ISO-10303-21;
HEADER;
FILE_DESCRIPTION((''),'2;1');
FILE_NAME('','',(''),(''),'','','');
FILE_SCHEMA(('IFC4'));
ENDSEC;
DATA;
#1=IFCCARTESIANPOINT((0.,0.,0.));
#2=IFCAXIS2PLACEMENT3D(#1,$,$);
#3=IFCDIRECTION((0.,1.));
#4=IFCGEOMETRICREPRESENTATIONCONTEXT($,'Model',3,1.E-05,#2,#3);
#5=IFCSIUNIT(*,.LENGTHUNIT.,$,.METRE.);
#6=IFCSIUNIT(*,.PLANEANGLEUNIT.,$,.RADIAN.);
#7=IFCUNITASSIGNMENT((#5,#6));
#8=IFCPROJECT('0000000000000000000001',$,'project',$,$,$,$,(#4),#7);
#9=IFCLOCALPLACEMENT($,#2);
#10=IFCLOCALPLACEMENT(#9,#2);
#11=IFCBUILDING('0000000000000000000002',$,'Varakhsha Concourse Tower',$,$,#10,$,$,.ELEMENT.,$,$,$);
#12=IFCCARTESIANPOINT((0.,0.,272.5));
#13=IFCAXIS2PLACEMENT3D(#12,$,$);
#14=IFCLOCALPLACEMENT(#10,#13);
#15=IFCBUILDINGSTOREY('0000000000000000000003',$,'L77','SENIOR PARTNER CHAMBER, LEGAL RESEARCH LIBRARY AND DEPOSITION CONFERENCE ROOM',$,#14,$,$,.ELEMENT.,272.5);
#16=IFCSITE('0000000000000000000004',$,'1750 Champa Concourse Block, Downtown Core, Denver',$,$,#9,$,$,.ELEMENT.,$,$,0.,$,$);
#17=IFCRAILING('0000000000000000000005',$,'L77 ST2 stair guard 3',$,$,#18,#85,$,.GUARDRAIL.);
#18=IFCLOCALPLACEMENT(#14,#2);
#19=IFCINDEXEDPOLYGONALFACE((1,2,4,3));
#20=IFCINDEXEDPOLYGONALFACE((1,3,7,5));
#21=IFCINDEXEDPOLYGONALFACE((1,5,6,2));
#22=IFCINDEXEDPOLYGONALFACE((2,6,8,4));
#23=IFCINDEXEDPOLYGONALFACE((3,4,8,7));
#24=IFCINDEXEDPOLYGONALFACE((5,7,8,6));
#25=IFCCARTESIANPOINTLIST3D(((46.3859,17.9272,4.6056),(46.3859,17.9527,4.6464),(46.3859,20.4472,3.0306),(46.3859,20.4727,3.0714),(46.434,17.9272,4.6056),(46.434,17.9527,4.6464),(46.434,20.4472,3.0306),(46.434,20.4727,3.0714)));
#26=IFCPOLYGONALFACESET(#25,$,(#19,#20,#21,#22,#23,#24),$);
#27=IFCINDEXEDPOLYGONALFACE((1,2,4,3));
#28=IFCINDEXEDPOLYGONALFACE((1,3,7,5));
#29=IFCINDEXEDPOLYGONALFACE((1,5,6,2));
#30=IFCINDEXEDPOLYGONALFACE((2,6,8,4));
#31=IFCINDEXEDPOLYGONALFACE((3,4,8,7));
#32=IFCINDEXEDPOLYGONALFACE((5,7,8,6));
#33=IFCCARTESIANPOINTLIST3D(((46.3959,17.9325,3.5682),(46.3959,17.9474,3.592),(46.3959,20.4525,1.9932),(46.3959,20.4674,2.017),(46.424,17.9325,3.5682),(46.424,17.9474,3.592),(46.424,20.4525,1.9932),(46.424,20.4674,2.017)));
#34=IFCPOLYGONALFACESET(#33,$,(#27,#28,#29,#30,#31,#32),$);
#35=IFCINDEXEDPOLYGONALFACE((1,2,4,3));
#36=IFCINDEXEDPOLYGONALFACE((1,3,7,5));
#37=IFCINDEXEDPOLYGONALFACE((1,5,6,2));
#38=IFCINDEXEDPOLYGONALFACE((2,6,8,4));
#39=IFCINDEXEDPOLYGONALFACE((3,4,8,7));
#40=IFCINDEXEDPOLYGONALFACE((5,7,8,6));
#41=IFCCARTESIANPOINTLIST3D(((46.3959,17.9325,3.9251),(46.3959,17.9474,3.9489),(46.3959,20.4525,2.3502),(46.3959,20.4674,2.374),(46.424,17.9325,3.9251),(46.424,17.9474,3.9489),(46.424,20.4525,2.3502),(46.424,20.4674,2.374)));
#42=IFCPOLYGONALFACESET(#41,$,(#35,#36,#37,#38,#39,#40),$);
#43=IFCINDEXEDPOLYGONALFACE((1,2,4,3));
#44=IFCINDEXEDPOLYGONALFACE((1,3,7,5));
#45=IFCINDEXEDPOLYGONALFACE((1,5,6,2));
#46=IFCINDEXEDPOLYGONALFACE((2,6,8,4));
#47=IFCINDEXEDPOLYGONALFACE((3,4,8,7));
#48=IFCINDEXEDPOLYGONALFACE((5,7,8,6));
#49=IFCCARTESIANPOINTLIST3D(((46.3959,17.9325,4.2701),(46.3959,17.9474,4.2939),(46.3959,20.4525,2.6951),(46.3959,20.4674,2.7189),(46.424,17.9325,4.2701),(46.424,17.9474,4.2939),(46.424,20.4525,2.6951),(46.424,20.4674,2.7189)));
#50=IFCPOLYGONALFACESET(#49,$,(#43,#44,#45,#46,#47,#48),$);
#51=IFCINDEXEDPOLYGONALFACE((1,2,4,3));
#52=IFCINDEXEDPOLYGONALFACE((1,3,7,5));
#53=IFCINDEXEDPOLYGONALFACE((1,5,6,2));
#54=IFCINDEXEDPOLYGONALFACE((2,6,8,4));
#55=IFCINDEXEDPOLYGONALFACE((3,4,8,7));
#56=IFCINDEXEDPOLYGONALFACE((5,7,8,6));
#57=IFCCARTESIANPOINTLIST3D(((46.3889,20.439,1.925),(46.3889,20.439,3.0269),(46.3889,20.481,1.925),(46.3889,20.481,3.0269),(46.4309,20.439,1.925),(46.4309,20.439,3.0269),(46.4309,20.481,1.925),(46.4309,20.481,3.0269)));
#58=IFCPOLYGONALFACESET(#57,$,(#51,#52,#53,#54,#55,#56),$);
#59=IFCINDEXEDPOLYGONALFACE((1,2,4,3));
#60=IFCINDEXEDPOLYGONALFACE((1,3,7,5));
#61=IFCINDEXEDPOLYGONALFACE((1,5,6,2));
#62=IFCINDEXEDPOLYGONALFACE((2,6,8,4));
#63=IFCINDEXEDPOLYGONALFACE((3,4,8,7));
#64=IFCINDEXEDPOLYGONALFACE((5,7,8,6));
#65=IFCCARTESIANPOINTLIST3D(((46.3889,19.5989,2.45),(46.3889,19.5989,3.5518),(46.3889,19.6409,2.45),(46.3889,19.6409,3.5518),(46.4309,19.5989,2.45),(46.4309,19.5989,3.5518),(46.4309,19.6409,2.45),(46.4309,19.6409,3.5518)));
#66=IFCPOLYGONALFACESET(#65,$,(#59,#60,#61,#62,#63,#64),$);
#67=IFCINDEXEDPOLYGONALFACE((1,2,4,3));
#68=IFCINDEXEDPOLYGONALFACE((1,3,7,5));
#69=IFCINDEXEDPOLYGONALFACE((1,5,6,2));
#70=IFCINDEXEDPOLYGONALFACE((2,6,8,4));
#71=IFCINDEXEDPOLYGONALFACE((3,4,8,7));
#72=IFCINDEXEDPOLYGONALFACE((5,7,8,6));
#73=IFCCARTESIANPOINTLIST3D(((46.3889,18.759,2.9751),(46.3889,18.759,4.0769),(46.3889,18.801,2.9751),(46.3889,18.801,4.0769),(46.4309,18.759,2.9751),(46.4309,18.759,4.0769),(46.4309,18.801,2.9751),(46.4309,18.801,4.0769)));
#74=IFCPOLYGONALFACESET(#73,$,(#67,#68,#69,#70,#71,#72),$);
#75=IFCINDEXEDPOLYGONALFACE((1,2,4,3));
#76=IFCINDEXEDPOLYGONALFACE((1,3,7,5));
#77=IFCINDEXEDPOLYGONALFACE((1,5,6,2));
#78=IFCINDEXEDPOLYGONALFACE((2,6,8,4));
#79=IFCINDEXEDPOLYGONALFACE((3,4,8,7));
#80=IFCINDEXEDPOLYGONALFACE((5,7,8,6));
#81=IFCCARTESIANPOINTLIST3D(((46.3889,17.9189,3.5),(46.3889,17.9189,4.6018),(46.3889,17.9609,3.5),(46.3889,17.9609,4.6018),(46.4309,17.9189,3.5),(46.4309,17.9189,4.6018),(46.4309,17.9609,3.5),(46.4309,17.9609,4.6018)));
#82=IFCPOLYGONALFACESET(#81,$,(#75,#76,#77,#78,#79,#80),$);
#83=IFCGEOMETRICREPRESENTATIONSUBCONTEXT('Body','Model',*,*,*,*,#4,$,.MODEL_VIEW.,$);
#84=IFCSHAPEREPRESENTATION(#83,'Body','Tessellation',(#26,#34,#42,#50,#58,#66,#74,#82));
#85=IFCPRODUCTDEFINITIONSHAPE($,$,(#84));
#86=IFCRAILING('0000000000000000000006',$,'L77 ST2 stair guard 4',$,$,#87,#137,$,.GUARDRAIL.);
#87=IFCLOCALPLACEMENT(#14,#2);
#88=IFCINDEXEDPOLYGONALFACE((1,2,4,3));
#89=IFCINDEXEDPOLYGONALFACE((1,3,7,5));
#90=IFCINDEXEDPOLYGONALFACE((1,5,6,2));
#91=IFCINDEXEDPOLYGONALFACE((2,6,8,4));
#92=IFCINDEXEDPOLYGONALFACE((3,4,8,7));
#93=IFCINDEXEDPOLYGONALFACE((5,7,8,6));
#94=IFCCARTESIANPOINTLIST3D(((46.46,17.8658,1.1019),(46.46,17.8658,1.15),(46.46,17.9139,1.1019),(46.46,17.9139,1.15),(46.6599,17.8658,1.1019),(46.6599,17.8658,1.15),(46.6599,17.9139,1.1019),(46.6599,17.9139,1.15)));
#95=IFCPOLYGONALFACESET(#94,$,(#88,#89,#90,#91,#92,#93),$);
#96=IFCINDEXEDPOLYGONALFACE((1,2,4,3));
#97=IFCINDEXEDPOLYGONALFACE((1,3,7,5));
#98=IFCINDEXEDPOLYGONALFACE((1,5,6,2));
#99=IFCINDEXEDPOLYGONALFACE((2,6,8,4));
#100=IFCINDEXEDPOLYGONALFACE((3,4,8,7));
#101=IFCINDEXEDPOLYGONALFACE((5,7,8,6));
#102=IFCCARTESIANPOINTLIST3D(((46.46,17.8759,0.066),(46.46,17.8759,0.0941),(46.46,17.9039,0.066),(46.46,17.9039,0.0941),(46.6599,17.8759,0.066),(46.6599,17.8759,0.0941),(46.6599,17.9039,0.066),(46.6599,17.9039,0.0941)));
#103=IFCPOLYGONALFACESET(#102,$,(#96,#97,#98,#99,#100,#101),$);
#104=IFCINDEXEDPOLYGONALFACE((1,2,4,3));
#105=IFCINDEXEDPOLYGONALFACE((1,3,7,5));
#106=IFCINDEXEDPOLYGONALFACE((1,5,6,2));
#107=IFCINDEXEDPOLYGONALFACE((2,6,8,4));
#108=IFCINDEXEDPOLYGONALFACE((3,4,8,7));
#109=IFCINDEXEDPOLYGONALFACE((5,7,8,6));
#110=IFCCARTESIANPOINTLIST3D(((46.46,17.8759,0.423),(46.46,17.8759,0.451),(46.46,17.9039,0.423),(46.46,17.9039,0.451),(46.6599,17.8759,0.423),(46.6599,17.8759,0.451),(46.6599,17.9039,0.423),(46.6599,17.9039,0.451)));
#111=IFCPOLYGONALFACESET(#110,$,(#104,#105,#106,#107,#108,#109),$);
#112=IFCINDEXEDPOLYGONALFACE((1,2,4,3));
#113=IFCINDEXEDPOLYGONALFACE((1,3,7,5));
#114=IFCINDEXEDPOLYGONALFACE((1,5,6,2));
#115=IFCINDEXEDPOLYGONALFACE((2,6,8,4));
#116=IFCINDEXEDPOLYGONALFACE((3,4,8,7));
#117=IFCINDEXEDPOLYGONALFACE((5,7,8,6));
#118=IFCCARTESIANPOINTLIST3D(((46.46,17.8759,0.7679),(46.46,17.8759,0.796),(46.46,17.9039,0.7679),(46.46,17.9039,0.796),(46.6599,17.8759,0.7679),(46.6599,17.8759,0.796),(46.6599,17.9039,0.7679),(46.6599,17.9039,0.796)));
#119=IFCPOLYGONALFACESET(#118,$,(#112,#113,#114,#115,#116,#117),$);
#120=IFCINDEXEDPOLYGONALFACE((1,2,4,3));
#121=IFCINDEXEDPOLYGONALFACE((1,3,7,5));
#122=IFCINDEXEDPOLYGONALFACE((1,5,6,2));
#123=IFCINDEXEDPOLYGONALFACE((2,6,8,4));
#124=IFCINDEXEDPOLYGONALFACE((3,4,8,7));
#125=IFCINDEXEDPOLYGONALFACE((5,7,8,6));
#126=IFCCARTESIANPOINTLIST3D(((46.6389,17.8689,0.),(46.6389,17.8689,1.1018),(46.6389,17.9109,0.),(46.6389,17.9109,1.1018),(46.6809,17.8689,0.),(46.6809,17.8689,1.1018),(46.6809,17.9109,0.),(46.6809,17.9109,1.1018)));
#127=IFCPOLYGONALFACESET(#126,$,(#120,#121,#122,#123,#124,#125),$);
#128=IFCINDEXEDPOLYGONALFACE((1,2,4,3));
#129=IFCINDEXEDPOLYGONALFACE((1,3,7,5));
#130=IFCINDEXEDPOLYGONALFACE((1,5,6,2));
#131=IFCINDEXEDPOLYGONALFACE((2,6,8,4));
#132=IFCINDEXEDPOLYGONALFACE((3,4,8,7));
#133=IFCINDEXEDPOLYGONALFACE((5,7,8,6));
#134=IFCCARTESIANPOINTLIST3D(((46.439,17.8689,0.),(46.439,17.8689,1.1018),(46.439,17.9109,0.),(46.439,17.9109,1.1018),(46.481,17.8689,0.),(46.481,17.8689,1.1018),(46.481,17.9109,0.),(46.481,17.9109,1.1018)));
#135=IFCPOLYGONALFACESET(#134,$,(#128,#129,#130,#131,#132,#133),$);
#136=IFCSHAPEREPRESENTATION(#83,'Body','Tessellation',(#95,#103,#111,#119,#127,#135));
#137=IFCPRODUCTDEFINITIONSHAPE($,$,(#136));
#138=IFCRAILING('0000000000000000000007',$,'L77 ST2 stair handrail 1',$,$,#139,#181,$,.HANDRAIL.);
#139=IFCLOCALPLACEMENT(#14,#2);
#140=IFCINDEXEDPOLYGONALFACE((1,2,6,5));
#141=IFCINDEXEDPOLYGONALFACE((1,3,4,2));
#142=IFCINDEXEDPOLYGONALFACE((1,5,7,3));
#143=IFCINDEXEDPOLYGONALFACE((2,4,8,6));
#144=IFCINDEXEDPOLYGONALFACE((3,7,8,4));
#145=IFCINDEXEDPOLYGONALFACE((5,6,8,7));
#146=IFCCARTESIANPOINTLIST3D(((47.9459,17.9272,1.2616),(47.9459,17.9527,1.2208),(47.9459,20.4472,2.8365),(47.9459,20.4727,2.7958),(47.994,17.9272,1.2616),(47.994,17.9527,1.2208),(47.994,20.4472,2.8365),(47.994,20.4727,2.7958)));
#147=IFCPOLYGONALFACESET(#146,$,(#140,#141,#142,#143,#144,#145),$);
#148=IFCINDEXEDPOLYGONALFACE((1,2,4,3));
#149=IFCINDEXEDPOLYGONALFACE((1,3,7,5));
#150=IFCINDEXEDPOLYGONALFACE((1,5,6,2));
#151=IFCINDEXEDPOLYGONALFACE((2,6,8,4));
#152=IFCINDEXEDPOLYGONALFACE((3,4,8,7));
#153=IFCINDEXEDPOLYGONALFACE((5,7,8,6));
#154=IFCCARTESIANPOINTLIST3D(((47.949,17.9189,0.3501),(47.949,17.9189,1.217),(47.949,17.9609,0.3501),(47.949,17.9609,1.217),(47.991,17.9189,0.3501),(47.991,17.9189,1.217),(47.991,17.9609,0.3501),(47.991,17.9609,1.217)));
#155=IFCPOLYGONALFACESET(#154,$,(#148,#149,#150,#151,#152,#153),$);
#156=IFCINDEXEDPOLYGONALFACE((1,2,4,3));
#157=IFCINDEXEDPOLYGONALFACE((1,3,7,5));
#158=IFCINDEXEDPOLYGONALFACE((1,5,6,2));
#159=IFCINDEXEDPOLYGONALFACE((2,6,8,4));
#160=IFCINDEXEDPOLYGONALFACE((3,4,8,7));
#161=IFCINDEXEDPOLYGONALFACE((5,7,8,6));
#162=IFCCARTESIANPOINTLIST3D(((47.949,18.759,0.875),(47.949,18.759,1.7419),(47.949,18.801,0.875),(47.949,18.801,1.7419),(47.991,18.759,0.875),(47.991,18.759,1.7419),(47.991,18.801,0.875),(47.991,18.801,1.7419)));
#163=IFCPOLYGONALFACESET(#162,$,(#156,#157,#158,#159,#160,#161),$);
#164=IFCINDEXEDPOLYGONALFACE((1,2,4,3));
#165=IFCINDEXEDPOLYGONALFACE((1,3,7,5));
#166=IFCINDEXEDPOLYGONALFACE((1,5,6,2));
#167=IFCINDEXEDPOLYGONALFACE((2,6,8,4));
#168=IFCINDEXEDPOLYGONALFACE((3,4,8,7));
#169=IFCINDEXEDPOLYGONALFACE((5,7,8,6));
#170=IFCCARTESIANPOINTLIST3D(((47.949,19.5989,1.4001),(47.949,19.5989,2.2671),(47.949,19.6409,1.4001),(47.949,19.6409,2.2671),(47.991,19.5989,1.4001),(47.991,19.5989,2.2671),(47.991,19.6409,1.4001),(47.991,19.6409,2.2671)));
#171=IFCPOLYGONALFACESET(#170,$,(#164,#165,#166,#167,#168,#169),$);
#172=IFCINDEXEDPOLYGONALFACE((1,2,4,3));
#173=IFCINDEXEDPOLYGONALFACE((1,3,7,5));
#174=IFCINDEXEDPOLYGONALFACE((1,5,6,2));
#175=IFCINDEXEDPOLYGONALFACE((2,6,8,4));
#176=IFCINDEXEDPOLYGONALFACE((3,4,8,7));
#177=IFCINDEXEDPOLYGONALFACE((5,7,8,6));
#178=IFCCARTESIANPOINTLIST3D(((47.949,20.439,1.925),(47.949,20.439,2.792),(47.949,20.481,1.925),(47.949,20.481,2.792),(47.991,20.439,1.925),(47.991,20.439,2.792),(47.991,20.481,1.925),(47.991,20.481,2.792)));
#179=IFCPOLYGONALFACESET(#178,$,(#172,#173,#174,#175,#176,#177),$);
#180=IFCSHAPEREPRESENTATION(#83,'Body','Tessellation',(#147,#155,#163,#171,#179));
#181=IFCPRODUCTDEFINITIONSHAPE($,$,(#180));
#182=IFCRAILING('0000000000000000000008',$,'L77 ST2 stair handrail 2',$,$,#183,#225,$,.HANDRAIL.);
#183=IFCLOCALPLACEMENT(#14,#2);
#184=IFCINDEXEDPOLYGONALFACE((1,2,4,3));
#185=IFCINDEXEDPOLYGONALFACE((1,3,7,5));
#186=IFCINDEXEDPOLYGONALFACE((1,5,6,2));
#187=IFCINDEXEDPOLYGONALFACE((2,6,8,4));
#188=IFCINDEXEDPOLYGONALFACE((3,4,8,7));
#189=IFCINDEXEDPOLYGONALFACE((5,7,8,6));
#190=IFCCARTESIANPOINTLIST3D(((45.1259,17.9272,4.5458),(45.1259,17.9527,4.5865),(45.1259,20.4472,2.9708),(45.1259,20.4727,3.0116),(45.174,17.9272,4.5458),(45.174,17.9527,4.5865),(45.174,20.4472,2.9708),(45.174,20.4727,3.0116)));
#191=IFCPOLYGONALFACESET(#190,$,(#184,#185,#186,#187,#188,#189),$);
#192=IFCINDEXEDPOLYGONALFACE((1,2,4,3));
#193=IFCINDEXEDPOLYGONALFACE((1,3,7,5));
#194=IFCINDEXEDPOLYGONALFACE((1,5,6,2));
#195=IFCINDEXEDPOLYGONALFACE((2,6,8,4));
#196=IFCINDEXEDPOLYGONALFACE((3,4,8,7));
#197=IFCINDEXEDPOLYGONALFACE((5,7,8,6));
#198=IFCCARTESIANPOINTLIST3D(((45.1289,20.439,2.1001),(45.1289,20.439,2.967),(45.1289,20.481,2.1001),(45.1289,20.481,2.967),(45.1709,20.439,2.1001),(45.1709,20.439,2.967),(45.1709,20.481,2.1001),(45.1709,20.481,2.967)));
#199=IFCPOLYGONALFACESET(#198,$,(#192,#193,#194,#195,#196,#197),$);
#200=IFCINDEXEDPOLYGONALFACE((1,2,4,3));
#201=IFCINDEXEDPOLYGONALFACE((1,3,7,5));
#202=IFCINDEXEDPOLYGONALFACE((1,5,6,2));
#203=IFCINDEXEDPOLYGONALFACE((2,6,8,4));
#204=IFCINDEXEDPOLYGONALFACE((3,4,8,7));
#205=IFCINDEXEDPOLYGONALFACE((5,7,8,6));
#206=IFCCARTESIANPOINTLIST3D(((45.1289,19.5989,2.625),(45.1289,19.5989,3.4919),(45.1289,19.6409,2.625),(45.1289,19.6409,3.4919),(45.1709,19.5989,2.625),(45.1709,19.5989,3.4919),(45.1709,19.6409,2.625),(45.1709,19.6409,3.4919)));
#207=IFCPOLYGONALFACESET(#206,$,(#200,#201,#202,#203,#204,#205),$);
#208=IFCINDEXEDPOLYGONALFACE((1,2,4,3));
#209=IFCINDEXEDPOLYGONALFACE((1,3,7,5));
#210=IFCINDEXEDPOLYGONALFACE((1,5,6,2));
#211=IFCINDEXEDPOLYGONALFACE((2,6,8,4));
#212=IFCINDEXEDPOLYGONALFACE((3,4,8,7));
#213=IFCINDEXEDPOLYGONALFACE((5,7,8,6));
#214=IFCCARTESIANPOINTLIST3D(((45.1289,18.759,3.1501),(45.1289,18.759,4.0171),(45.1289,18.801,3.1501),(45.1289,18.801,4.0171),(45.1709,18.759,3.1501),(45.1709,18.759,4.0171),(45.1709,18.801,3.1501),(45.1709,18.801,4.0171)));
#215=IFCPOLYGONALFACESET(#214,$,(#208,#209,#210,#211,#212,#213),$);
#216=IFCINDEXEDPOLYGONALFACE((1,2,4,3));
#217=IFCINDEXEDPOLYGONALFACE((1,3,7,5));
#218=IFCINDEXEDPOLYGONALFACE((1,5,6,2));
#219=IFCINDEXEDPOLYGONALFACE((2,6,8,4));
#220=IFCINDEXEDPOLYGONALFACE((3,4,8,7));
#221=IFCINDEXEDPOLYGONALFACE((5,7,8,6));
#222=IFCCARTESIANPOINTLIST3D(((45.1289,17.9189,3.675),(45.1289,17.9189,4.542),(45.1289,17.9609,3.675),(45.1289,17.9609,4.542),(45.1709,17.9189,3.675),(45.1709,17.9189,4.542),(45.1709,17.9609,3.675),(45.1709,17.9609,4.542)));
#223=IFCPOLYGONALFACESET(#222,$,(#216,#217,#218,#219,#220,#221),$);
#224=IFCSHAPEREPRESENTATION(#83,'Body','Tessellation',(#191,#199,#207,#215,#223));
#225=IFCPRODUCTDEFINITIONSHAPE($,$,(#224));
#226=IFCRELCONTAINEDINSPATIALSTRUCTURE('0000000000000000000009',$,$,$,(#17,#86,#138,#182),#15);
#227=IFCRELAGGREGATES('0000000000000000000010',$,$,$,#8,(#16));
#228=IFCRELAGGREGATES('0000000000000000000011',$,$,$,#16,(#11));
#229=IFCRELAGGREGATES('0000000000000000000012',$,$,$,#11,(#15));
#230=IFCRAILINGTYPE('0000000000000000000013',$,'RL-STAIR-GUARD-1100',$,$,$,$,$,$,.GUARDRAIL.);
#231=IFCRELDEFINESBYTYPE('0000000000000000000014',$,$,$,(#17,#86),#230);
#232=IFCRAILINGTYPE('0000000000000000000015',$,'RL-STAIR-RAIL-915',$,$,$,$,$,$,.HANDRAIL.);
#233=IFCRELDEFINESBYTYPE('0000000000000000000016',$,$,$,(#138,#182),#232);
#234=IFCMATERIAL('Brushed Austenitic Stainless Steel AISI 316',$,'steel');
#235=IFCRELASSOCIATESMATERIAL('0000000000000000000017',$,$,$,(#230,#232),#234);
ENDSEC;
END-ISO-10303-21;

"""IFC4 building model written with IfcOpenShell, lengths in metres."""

from ifc_helpers import new_model, si_unit, direction, frame, origin, origin_2d, place, context, subcontext, project, spatial, rectangle, extrude, material, type_object, element, save


model = new_model("IFC4")

# Units and contexts
model_context = context("Model", 3, precision=1e-05, world=origin(), true_north=direction((0.0, 1.0)))
body_context = subcontext(model_context, "Body", "Model", "MODEL_VIEW")
ifc_project = project(units=[si_unit("LENGTHUNIT", "METRE"), si_unit("PLANEANGLEUNIT", "RADIAN")], contexts=[model_context])

# Site, building, storey
site_placement = place(None, origin())
site = spatial("IfcSite", under=ifc_project, at=site_placement, Name="1750 Champa Concourse Block, Downtown Core, Denver", CompositionType="ELEMENT", RefElevation=0.0)
building_placement = place(site_placement, origin())
building = spatial("IfcBuilding", under=site, at=building_placement, Name="Varakhsha Concourse Tower", CompositionType="ELEMENT")
storey_placement = place(building_placement, frame((0.0, 0.0, 272.5)))
storey = spatial("IfcBuildingStorey", under=building, at=storey_placement, Name="L77", Description="SENIOR PARTNER CHAMBER, LEGAL RESEARCH LIBRARY AND DEPOSITION CONFERENCE ROOM", CompositionType="ELEMENT", Elevation=272.5)

# Railings
ifc_material_1 = material(Name="Brushed Austenitic Stainless Steel AISI 316", Category="steel")
railing_type_1 = type_object("IfcRailingType", Name="RL-STAIR-GUARD-1100", PredefinedType="GUARDRAIL", material=ifc_material_1)
railing_1_placement = place(storey_placement, frame((46.4099, 20.46, 1.925)))
element("IfcRailing", 1, at=railing_1_placement, inside=storey, type_object=railing_type_1, Name="L77 ST2 stair guard 3", PredefinedType="GUARDRAIL", context=body_context, shape_type="SweptSolid", body=[
    extrude(rectangle(XDim=0.0481, YDim=0.0481, at=origin_2d()), frame((0.0, 0.0, 1.126), z_axis=(0.0, -0.848008, 0.529984), x_axis=(1.0, 0.0, 0.0)), (0.0, 0.0, 1.0), 2.9717),
    extrude(rectangle(XDim=0.0281, YDim=0.0281, at=origin_2d()), frame((0.0, 0.0, 0.0801), z_axis=(0.0, -0.848008, 0.529984), x_axis=(1.0, 0.0, 0.0)), (0.0, 0.0, 1.0), 2.9717),
    extrude(rectangle(XDim=0.0281, YDim=0.0281, at=origin_2d()), frame((0.0, 0.0, 0.437), z_axis=(0.0, -0.848008, 0.529984), x_axis=(1.0, 0.0, 0.0)), (0.0, 0.0, 1.0), 2.9717),
    extrude(rectangle(XDim=0.0281, YDim=0.0281, at=origin_2d()), frame((0.0, 0.0, 0.782), z_axis=(0.0, -0.848008, 0.529984), x_axis=(1.0, 0.0, 0.0)), (0.0, 0.0, 1.0), 2.9717),
    extrude(rectangle(XDim=0.042, YDim=0.042, at=origin_2d()), origin(), (0.0, 0.0, 1.0), 1.1018),
    extrude(rectangle(XDim=0.042, YDim=0.042, at=origin_2d()), frame((0.0, -0.8401, 0.5249)), (0.0, 0.0, 1.0), 1.1018),
    extrude(rectangle(XDim=0.042, YDim=0.042, at=origin_2d()), frame((0.0, -1.6799, 1.05)), (0.0, 0.0, 1.0), 1.1018),
    extrude(rectangle(XDim=0.042, YDim=0.042, at=origin_2d()), frame((0.0, -2.52, 1.575)), (0.0, 0.0, 1.0), 1.1018),
])
railing_2_placement = place(storey_placement, frame((46.6599, 17.8899, 0.0)))
element("IfcRailing", 2, at=railing_2_placement, inside=storey, type_object=railing_type_1, Name="L77 ST2 stair guard 4", PredefinedType="GUARDRAIL", context=body_context, shape_type="SweptSolid", body=[
    extrude(rectangle(XDim=0.0481, YDim=0.0481, at=origin_2d()), frame((0.0, 0.0, 1.126), z_axis=(-1.0, 0.0, 0.0), x_axis=(0.0, -1.0, 0.0)), (0.0, 0.0, 1.0), 0.2),
    extrude(rectangle(XDim=0.0281, YDim=0.0281, at=origin_2d()), frame((0.0, 0.0, 0.0801), z_axis=(-1.0, 0.0, 0.0), x_axis=(0.0, -1.0, 0.0)), (0.0, 0.0, 1.0), 0.2),
    extrude(rectangle(XDim=0.0281, YDim=0.0281, at=origin_2d()), frame((0.0, 0.0, 0.437), z_axis=(-1.0, 0.0, 0.0), x_axis=(0.0, -1.0, 0.0)), (0.0, 0.0, 1.0), 0.2),
    extrude(rectangle(XDim=0.0281, YDim=0.0281, at=origin_2d()), frame((0.0, 0.0, 0.782), z_axis=(-1.0, 0.0, 0.0), x_axis=(0.0, -1.0, 0.0)), (0.0, 0.0, 1.0), 0.2),
    extrude(rectangle(XDim=0.042, YDim=0.042, at=origin_2d()), origin(), (0.0, 0.0, 1.0), 1.1018),
    extrude(rectangle(XDim=0.042, YDim=0.042, at=origin_2d()), frame((-0.2, 0.0, 0.0)), (0.0, 0.0, 1.0), 1.1018),
])
railing_type_2 = type_object("IfcRailingType", Name="RL-STAIR-RAIL-915", PredefinedType="HANDRAIL", material=ifc_material_1)
railing_3_placement = place(storey_placement, frame((47.97, 17.9399, 0.3501)))
element("IfcRailing", 3, at=railing_3_placement, inside=storey, type_object=railing_type_2, Name="L77 ST2 stair handrail 1", PredefinedType="HANDRAIL", context=body_context, shape_type="SweptSolid", body=[
    extrude(rectangle(XDim=0.0481, YDim=0.0481, at=origin_2d()), frame((0.0, 0.0, 0.8911), z_axis=(0.0, 0.848008, 0.529984), x_axis=(-1.0, 0.0, 0.0)), (0.0, 0.0, 1.0), 2.9717),
    extrude(rectangle(XDim=0.042, YDim=0.042, at=origin_2d()), origin(), (0.0, 0.0, 1.0), 0.8669),
    extrude(rectangle(XDim=0.042, YDim=0.042, at=origin_2d()), frame((0.0, 0.8401, 0.5249)), (0.0, 0.0, 1.0), 0.8669),
    extrude(rectangle(XDim=0.042, YDim=0.042, at=origin_2d()), frame((0.0, 1.6799, 1.05)), (0.0, 0.0, 1.0), 0.8669),
    extrude(rectangle(XDim=0.042, YDim=0.042, at=origin_2d()), frame((0.0, 2.52, 1.575)), (0.0, 0.0, 1.0), 0.8669),
])
railing_4_placement = place(storey_placement, frame((45.1499, 20.46, 2.1001)))
element("IfcRailing", 4, at=railing_4_placement, inside=storey, type_object=railing_type_2, Name="L77 ST2 stair handrail 2", PredefinedType="HANDRAIL", context=body_context, shape_type="SweptSolid", body=[
    extrude(rectangle(XDim=0.0481, YDim=0.0481, at=origin_2d()), frame((0.0, 0.0, 0.8911), z_axis=(0.0, -0.848008, 0.529984), x_axis=(1.0, 0.0, 0.0)), (0.0, 0.0, 1.0), 2.9717),
    extrude(rectangle(XDim=0.042, YDim=0.042, at=origin_2d()), origin(), (0.0, 0.0, 1.0), 0.8669),
    extrude(rectangle(XDim=0.042, YDim=0.042, at=origin_2d()), frame((0.0, -0.8401, 0.5249)), (0.0, 0.0, 1.0), 0.8669),
    extrude(rectangle(XDim=0.042, YDim=0.042, at=origin_2d()), frame((0.0, -1.6799, 1.05)), (0.0, 0.0, 1.0), 0.8669),
    extrude(rectangle(XDim=0.042, YDim=0.042, at=origin_2d()), frame((0.0, -2.52, 1.575)), (0.0, 0.0, 1.0), 0.8669),
])

save(model, "model.ifc")
